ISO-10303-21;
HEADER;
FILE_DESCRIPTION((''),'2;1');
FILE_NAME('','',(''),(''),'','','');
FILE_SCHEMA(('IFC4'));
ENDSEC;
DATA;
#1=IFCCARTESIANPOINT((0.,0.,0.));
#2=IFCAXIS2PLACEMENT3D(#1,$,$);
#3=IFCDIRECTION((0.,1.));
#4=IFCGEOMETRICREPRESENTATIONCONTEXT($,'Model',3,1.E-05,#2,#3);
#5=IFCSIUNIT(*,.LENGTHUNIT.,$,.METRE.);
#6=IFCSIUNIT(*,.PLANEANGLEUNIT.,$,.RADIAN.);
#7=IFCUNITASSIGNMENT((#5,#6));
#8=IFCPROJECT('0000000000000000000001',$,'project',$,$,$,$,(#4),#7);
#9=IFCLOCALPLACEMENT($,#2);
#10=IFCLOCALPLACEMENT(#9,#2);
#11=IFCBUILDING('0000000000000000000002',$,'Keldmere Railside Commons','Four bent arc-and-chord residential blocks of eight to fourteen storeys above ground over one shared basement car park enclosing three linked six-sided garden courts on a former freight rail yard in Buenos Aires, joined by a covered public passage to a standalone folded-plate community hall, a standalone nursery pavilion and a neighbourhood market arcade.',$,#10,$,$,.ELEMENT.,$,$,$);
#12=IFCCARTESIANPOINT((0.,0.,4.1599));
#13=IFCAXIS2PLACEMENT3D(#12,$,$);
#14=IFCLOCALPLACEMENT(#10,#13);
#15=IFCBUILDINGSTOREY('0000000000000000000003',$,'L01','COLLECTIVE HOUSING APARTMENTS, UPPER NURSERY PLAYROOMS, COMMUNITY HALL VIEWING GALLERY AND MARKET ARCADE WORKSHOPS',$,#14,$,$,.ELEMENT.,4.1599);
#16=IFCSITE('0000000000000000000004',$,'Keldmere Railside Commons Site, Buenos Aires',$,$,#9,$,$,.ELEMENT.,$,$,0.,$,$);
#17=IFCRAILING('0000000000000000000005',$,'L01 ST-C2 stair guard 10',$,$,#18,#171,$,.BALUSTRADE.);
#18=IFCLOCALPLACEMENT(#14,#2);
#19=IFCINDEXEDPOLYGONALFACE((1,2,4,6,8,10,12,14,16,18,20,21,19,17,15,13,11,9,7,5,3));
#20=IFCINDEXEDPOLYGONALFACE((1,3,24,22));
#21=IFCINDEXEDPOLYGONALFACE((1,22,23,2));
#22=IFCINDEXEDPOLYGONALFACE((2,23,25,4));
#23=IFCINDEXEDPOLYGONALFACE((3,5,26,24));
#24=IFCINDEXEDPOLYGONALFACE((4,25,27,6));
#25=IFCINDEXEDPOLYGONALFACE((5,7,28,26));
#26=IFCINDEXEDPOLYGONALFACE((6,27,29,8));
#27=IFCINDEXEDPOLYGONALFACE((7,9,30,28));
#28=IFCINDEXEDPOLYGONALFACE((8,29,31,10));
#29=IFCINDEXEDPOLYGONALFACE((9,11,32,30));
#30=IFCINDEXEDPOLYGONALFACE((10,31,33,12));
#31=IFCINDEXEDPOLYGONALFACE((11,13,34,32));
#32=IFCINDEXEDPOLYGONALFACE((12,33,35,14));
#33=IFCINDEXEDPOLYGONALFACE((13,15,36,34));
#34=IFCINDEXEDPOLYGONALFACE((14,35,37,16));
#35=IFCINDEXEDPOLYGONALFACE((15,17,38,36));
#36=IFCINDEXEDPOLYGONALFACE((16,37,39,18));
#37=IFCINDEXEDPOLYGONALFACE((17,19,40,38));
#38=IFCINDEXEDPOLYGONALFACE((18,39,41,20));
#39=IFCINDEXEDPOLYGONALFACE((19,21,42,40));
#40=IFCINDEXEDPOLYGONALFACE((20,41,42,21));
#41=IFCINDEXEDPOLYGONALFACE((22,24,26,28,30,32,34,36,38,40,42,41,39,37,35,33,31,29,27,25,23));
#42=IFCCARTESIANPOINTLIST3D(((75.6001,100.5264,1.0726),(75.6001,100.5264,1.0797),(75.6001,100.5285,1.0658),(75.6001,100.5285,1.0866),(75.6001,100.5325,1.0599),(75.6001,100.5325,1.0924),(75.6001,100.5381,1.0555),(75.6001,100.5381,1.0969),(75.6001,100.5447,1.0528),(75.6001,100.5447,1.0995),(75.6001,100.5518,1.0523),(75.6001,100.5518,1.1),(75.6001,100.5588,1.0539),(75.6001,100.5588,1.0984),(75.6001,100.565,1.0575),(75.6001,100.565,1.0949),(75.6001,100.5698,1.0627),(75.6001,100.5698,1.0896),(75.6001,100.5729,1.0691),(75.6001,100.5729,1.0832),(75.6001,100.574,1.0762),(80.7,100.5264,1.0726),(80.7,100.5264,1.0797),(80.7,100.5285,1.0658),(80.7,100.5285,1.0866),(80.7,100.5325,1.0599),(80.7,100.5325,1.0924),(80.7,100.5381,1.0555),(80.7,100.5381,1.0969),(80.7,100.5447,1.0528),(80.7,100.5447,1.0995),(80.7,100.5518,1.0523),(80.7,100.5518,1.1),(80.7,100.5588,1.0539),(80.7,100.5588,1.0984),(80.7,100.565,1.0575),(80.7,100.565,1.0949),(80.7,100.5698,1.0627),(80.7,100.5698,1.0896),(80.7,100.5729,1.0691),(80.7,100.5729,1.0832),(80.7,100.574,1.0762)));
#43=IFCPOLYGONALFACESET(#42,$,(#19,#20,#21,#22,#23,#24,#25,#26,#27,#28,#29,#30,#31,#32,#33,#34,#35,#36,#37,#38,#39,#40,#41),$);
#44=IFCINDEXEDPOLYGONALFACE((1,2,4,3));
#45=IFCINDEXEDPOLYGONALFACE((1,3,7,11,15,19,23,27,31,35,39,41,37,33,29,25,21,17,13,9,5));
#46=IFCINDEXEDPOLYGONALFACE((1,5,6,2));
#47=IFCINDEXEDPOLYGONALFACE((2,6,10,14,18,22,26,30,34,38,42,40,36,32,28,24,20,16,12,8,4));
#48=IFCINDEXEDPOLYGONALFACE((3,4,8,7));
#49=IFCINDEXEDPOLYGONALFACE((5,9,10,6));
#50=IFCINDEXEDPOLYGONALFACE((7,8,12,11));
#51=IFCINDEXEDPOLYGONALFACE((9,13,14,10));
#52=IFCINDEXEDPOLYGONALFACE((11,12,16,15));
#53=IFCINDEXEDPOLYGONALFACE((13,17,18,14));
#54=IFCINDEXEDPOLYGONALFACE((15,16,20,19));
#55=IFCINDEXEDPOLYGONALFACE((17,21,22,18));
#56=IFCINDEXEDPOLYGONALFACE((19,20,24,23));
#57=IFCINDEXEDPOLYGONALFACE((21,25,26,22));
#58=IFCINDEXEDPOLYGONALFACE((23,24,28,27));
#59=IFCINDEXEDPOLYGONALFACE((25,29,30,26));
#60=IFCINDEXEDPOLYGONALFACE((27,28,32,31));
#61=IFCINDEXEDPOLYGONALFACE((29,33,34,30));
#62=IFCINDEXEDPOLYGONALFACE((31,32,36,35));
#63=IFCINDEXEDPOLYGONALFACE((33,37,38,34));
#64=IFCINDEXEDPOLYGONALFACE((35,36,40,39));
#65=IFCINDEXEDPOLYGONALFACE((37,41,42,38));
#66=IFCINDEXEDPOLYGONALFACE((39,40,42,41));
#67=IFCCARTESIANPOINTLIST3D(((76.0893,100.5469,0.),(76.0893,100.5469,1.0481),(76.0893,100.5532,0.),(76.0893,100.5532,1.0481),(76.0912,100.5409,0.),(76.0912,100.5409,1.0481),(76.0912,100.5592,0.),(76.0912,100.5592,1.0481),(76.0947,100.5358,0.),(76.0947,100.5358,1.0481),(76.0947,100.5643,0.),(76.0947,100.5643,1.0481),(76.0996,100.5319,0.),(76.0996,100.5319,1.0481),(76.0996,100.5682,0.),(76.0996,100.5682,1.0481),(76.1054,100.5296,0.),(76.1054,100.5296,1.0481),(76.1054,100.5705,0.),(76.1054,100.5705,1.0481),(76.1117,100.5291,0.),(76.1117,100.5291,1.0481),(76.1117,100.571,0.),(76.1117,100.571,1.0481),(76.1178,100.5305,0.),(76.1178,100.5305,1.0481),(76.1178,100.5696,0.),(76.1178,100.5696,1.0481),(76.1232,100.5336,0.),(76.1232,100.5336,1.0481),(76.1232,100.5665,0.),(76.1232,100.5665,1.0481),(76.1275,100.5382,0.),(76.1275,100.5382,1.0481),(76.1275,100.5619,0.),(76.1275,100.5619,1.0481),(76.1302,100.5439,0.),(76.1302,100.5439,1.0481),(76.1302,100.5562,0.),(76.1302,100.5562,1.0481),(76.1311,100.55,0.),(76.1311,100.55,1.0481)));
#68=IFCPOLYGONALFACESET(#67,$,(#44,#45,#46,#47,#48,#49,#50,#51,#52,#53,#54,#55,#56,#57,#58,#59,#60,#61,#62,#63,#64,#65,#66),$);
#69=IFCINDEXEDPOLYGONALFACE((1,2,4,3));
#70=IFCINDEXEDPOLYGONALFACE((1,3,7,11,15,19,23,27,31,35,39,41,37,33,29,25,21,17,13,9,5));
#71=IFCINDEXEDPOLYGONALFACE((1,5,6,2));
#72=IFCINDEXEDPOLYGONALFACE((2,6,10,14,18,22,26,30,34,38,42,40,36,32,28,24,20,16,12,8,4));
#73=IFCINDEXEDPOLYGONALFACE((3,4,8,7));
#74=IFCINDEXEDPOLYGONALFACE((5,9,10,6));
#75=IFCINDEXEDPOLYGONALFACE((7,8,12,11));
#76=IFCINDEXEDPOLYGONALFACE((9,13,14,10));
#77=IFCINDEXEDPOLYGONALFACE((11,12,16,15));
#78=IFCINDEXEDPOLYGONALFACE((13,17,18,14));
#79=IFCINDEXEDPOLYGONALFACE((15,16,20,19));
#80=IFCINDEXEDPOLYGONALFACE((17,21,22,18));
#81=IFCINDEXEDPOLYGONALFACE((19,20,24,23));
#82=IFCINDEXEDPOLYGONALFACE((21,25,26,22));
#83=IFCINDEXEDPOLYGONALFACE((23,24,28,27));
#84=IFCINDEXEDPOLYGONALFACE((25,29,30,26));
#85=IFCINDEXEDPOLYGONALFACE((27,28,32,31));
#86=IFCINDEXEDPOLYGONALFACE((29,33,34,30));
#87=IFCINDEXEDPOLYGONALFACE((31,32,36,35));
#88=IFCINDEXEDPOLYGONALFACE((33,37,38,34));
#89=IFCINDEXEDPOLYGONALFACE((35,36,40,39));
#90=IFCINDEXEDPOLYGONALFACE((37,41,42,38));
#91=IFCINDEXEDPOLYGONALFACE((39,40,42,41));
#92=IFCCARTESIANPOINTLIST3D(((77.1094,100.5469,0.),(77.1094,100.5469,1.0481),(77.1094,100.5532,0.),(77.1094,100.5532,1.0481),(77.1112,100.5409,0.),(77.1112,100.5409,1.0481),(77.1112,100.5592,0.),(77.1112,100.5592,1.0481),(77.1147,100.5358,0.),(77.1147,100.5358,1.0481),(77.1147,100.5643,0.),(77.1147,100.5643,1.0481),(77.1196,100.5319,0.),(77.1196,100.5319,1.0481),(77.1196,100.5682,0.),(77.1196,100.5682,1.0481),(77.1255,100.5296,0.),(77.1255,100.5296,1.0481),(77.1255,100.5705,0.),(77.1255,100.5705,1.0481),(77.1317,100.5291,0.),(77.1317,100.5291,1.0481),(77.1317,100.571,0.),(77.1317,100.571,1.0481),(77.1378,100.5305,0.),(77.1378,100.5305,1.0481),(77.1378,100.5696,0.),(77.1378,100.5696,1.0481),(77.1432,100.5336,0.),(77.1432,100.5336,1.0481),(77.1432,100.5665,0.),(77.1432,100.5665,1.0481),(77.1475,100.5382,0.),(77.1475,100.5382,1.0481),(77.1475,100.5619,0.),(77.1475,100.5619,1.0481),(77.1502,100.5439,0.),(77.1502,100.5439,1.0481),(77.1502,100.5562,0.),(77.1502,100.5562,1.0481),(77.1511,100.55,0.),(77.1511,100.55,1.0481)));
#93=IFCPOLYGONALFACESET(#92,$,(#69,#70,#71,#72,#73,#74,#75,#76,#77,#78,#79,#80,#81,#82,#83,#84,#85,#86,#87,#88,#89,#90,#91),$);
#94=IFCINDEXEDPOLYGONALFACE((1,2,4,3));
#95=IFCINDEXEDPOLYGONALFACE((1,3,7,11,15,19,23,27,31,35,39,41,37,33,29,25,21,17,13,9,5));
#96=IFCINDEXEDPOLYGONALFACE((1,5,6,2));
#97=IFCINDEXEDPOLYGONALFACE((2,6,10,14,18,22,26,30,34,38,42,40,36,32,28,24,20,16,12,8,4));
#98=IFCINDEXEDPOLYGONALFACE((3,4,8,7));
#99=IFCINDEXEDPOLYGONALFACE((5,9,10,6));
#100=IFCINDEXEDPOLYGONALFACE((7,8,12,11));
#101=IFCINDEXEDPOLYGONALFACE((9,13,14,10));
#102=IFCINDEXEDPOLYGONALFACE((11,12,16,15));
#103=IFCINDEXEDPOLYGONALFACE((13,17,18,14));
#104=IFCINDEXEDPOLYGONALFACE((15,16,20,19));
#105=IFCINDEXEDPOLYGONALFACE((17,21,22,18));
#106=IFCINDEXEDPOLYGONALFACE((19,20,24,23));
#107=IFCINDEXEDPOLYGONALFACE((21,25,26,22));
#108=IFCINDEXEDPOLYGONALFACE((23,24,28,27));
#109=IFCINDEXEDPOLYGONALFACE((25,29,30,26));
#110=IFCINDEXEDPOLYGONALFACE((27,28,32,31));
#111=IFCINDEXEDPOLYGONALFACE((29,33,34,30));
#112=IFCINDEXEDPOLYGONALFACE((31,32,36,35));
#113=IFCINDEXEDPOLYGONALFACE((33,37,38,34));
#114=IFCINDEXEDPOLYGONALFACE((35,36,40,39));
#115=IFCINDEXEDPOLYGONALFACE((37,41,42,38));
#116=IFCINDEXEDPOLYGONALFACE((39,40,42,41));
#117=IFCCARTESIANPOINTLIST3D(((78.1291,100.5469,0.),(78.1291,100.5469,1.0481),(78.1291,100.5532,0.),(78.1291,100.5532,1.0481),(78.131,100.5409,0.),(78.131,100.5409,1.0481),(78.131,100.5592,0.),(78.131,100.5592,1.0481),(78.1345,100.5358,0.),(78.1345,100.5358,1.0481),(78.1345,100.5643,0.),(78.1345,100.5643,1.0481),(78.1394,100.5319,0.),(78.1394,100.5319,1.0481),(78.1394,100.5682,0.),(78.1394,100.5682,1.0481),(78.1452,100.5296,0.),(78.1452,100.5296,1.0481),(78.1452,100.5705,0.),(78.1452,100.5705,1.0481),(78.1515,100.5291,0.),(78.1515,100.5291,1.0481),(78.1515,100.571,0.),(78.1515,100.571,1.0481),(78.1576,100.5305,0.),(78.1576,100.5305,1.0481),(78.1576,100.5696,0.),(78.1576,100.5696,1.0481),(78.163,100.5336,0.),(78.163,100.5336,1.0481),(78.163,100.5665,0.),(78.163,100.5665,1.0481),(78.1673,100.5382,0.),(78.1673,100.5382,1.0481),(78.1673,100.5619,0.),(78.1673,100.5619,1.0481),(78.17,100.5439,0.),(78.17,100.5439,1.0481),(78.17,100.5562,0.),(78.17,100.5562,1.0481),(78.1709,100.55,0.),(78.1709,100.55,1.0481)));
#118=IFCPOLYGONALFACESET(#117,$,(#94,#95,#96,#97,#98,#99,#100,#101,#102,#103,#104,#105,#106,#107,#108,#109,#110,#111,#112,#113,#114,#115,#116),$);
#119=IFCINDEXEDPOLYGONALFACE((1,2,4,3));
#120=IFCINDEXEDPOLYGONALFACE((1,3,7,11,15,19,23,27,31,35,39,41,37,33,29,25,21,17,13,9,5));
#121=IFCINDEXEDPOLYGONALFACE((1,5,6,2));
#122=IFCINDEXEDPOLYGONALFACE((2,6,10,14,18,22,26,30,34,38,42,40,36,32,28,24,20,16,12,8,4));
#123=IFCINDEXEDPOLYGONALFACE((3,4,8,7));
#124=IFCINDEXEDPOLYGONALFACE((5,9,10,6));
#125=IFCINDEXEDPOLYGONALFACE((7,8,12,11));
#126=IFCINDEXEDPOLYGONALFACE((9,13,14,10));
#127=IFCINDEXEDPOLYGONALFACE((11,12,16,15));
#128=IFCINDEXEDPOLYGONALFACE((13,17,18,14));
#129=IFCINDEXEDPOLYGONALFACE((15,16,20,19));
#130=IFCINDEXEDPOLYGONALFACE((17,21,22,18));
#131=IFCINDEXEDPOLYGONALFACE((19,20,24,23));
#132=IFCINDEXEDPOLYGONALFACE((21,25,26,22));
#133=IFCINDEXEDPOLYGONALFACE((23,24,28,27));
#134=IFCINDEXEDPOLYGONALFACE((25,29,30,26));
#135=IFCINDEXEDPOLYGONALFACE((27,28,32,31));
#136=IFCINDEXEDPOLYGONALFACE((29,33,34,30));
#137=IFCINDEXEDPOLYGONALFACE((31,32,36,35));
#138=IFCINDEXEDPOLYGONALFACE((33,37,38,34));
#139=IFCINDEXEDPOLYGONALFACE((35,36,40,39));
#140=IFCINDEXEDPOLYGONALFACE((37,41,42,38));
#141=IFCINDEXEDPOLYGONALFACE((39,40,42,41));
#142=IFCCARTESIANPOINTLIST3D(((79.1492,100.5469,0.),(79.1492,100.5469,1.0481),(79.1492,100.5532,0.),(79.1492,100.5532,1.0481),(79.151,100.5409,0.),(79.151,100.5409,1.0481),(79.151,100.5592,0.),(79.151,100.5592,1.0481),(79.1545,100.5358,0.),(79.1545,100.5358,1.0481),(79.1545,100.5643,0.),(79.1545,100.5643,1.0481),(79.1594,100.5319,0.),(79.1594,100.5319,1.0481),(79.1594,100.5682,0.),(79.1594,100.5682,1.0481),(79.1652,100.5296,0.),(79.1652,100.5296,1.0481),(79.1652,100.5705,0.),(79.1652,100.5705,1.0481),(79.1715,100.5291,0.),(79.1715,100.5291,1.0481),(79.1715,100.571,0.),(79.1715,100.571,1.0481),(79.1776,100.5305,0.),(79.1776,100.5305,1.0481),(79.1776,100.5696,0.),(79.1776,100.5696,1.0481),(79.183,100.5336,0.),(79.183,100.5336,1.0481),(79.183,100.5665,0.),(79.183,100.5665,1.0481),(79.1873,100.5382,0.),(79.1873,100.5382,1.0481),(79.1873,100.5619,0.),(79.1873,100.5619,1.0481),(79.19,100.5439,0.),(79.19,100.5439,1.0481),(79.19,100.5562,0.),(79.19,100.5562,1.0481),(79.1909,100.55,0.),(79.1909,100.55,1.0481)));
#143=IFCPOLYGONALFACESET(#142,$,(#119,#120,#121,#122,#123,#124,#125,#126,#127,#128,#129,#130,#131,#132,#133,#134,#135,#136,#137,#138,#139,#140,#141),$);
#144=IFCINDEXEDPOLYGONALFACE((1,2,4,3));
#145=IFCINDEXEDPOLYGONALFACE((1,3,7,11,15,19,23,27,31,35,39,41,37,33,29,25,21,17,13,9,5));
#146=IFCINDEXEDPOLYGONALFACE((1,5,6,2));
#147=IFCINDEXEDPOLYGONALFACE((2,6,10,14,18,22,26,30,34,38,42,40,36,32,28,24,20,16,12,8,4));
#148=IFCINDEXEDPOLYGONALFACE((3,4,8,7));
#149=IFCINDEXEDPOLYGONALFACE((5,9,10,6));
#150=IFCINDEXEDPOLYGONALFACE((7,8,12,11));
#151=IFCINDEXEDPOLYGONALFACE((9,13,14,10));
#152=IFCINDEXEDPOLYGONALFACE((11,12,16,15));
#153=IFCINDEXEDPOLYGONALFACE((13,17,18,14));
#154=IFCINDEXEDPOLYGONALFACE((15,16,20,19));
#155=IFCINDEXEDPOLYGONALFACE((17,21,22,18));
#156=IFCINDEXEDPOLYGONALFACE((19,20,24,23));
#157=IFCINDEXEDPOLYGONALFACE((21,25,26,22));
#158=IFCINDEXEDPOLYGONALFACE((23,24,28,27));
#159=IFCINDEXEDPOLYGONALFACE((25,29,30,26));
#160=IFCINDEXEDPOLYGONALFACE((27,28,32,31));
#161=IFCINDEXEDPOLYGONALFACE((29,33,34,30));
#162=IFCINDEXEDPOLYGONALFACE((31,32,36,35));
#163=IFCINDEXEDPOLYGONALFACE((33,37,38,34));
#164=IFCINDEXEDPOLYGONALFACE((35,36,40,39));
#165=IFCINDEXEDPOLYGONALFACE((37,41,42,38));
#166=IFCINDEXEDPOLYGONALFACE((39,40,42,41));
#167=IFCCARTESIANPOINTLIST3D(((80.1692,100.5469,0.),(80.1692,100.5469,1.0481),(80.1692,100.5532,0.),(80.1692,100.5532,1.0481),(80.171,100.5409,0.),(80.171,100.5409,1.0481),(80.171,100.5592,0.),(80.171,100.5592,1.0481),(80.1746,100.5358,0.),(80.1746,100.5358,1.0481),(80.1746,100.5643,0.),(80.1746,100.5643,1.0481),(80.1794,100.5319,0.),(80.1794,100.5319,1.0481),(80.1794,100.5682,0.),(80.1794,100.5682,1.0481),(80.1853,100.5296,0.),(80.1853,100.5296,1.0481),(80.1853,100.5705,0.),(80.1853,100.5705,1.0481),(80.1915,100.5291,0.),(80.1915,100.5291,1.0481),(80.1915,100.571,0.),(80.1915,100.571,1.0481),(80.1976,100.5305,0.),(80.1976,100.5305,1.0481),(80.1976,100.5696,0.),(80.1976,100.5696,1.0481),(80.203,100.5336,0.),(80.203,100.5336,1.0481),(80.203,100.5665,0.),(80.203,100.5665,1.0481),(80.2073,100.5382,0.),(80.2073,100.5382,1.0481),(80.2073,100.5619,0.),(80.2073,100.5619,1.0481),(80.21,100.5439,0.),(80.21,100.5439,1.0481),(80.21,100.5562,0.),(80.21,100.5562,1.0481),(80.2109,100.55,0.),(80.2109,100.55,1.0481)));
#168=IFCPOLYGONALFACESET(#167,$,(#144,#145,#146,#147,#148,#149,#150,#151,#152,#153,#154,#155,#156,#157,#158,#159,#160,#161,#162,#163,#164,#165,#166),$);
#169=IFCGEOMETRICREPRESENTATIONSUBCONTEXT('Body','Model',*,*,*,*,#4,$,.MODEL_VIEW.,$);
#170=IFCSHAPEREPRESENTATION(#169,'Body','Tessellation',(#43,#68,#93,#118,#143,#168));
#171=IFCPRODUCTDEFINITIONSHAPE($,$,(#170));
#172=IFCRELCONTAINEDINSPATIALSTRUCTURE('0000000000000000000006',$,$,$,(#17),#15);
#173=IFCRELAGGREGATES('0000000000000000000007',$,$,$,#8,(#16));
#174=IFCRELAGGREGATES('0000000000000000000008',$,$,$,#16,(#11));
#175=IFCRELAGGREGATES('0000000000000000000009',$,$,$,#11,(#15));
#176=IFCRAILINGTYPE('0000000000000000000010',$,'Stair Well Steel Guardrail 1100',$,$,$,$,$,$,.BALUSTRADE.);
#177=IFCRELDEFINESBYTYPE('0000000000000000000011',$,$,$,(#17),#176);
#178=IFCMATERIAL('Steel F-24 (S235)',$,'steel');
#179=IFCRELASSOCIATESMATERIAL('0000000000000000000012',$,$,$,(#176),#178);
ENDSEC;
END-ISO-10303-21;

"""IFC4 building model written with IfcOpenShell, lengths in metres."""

from ifc_helpers import new_model, si_unit, direction, frame, origin, origin_2d, place, context, subcontext, project, spatial, circle, extrude, material, type_object, element, save


model = new_model("IFC4")

# Units and contexts
model_context = context("Model", 3, precision=1e-05, world=origin(), true_north=direction((0.0, 1.0)))
body_context = subcontext(model_context, "Body", "Model", "MODEL_VIEW")
ifc_project = project(units=[si_unit("LENGTHUNIT", "METRE"), si_unit("PLANEANGLEUNIT", "RADIAN")], contexts=[model_context])

# Site, building, storey
site_placement = place(None, origin())
site = spatial("IfcSite", under=ifc_project, at=site_placement, Name="Keldmere Railside Commons Site, Buenos Aires", CompositionType="ELEMENT", RefElevation=0.0)
building_placement = place(site_placement, origin())
building = spatial("IfcBuilding", under=site, at=building_placement, Name="Keldmere Railside Commons", Description="Four bent arc-and-chord residential blocks of eight to fourteen storeys above ground over one shared basement car park enclosing three linked six-sided garden courts on a former freight rail yard in Buenos Aires, joined by a covered public passage to a standalone folded-plate community hall, a standalone nursery pavilion and a neighbourhood market arcade.", CompositionType="ELEMENT")
storey_placement = place(building_placement, frame((0.0, 0.0, 4.1599)))
storey = spatial("IfcBuildingStorey", under=building, at=storey_placement, Name="L01", Description="COLLECTIVE HOUSING APARTMENTS, UPPER NURSERY PLAYROOMS, COMMUNITY HALL VIEWING GALLERY AND MARKET ARCADE WORKSHOPS", CompositionType="ELEMENT", Elevation=4.1599)

# Railing
ifc_material_1 = material(Name="Steel F-24 (S235)", Category="steel")
railing_type = type_object("IfcRailingType", Name="Stair Well Steel Guardrail 1100", PredefinedType="BALUSTRADE", material=ifc_material_1)
railing_1_placement = place(storey_placement, frame((75.6001, 100.55, 0.0)))
element("IfcRailing", 1, at=railing_1_placement, inside=storey, type_object=railing_type, Name="L01 ST-C2 stair guard 10", PredefinedType="BALUSTRADE", context=body_context, shape_type="SweptSolid", body=[
    extrude(circle(Radius=0.0239, at=origin_2d()), frame((0.0, 0.0, 1.0762), z_axis=(1.0, 0.0, 0.0), x_axis=(0.0, 1.0, 0.0)), (0.0, 0.0, 1.0), 5.0999),
    extrude(circle(Radius=0.021, at=origin_2d()), frame((0.51, 0.0, 0.0)), (0.0, 0.0, 1.0), 1.0481),
    extrude(circle(Radius=0.021, at=origin_2d()), frame((1.53, 0.0, 0.0)), (0.0, 0.0, 1.0), 1.0481),
    extrude(circle(Radius=0.021, at=origin_2d()), frame((2.5498, 0.0, 0.0)), (0.0, 0.0, 1.0), 1.0481),
    extrude(circle(Radius=0.021, at=origin_2d()), frame((3.5698, 0.0, 0.0)), (0.0, 0.0, 1.0), 1.0481),
    extrude(circle(Radius=0.021, at=origin_2d()), frame((4.5898, 0.0, 0.0)), (0.0, 0.0, 1.0), 1.0481),
])

save(model, "model.ifc")
